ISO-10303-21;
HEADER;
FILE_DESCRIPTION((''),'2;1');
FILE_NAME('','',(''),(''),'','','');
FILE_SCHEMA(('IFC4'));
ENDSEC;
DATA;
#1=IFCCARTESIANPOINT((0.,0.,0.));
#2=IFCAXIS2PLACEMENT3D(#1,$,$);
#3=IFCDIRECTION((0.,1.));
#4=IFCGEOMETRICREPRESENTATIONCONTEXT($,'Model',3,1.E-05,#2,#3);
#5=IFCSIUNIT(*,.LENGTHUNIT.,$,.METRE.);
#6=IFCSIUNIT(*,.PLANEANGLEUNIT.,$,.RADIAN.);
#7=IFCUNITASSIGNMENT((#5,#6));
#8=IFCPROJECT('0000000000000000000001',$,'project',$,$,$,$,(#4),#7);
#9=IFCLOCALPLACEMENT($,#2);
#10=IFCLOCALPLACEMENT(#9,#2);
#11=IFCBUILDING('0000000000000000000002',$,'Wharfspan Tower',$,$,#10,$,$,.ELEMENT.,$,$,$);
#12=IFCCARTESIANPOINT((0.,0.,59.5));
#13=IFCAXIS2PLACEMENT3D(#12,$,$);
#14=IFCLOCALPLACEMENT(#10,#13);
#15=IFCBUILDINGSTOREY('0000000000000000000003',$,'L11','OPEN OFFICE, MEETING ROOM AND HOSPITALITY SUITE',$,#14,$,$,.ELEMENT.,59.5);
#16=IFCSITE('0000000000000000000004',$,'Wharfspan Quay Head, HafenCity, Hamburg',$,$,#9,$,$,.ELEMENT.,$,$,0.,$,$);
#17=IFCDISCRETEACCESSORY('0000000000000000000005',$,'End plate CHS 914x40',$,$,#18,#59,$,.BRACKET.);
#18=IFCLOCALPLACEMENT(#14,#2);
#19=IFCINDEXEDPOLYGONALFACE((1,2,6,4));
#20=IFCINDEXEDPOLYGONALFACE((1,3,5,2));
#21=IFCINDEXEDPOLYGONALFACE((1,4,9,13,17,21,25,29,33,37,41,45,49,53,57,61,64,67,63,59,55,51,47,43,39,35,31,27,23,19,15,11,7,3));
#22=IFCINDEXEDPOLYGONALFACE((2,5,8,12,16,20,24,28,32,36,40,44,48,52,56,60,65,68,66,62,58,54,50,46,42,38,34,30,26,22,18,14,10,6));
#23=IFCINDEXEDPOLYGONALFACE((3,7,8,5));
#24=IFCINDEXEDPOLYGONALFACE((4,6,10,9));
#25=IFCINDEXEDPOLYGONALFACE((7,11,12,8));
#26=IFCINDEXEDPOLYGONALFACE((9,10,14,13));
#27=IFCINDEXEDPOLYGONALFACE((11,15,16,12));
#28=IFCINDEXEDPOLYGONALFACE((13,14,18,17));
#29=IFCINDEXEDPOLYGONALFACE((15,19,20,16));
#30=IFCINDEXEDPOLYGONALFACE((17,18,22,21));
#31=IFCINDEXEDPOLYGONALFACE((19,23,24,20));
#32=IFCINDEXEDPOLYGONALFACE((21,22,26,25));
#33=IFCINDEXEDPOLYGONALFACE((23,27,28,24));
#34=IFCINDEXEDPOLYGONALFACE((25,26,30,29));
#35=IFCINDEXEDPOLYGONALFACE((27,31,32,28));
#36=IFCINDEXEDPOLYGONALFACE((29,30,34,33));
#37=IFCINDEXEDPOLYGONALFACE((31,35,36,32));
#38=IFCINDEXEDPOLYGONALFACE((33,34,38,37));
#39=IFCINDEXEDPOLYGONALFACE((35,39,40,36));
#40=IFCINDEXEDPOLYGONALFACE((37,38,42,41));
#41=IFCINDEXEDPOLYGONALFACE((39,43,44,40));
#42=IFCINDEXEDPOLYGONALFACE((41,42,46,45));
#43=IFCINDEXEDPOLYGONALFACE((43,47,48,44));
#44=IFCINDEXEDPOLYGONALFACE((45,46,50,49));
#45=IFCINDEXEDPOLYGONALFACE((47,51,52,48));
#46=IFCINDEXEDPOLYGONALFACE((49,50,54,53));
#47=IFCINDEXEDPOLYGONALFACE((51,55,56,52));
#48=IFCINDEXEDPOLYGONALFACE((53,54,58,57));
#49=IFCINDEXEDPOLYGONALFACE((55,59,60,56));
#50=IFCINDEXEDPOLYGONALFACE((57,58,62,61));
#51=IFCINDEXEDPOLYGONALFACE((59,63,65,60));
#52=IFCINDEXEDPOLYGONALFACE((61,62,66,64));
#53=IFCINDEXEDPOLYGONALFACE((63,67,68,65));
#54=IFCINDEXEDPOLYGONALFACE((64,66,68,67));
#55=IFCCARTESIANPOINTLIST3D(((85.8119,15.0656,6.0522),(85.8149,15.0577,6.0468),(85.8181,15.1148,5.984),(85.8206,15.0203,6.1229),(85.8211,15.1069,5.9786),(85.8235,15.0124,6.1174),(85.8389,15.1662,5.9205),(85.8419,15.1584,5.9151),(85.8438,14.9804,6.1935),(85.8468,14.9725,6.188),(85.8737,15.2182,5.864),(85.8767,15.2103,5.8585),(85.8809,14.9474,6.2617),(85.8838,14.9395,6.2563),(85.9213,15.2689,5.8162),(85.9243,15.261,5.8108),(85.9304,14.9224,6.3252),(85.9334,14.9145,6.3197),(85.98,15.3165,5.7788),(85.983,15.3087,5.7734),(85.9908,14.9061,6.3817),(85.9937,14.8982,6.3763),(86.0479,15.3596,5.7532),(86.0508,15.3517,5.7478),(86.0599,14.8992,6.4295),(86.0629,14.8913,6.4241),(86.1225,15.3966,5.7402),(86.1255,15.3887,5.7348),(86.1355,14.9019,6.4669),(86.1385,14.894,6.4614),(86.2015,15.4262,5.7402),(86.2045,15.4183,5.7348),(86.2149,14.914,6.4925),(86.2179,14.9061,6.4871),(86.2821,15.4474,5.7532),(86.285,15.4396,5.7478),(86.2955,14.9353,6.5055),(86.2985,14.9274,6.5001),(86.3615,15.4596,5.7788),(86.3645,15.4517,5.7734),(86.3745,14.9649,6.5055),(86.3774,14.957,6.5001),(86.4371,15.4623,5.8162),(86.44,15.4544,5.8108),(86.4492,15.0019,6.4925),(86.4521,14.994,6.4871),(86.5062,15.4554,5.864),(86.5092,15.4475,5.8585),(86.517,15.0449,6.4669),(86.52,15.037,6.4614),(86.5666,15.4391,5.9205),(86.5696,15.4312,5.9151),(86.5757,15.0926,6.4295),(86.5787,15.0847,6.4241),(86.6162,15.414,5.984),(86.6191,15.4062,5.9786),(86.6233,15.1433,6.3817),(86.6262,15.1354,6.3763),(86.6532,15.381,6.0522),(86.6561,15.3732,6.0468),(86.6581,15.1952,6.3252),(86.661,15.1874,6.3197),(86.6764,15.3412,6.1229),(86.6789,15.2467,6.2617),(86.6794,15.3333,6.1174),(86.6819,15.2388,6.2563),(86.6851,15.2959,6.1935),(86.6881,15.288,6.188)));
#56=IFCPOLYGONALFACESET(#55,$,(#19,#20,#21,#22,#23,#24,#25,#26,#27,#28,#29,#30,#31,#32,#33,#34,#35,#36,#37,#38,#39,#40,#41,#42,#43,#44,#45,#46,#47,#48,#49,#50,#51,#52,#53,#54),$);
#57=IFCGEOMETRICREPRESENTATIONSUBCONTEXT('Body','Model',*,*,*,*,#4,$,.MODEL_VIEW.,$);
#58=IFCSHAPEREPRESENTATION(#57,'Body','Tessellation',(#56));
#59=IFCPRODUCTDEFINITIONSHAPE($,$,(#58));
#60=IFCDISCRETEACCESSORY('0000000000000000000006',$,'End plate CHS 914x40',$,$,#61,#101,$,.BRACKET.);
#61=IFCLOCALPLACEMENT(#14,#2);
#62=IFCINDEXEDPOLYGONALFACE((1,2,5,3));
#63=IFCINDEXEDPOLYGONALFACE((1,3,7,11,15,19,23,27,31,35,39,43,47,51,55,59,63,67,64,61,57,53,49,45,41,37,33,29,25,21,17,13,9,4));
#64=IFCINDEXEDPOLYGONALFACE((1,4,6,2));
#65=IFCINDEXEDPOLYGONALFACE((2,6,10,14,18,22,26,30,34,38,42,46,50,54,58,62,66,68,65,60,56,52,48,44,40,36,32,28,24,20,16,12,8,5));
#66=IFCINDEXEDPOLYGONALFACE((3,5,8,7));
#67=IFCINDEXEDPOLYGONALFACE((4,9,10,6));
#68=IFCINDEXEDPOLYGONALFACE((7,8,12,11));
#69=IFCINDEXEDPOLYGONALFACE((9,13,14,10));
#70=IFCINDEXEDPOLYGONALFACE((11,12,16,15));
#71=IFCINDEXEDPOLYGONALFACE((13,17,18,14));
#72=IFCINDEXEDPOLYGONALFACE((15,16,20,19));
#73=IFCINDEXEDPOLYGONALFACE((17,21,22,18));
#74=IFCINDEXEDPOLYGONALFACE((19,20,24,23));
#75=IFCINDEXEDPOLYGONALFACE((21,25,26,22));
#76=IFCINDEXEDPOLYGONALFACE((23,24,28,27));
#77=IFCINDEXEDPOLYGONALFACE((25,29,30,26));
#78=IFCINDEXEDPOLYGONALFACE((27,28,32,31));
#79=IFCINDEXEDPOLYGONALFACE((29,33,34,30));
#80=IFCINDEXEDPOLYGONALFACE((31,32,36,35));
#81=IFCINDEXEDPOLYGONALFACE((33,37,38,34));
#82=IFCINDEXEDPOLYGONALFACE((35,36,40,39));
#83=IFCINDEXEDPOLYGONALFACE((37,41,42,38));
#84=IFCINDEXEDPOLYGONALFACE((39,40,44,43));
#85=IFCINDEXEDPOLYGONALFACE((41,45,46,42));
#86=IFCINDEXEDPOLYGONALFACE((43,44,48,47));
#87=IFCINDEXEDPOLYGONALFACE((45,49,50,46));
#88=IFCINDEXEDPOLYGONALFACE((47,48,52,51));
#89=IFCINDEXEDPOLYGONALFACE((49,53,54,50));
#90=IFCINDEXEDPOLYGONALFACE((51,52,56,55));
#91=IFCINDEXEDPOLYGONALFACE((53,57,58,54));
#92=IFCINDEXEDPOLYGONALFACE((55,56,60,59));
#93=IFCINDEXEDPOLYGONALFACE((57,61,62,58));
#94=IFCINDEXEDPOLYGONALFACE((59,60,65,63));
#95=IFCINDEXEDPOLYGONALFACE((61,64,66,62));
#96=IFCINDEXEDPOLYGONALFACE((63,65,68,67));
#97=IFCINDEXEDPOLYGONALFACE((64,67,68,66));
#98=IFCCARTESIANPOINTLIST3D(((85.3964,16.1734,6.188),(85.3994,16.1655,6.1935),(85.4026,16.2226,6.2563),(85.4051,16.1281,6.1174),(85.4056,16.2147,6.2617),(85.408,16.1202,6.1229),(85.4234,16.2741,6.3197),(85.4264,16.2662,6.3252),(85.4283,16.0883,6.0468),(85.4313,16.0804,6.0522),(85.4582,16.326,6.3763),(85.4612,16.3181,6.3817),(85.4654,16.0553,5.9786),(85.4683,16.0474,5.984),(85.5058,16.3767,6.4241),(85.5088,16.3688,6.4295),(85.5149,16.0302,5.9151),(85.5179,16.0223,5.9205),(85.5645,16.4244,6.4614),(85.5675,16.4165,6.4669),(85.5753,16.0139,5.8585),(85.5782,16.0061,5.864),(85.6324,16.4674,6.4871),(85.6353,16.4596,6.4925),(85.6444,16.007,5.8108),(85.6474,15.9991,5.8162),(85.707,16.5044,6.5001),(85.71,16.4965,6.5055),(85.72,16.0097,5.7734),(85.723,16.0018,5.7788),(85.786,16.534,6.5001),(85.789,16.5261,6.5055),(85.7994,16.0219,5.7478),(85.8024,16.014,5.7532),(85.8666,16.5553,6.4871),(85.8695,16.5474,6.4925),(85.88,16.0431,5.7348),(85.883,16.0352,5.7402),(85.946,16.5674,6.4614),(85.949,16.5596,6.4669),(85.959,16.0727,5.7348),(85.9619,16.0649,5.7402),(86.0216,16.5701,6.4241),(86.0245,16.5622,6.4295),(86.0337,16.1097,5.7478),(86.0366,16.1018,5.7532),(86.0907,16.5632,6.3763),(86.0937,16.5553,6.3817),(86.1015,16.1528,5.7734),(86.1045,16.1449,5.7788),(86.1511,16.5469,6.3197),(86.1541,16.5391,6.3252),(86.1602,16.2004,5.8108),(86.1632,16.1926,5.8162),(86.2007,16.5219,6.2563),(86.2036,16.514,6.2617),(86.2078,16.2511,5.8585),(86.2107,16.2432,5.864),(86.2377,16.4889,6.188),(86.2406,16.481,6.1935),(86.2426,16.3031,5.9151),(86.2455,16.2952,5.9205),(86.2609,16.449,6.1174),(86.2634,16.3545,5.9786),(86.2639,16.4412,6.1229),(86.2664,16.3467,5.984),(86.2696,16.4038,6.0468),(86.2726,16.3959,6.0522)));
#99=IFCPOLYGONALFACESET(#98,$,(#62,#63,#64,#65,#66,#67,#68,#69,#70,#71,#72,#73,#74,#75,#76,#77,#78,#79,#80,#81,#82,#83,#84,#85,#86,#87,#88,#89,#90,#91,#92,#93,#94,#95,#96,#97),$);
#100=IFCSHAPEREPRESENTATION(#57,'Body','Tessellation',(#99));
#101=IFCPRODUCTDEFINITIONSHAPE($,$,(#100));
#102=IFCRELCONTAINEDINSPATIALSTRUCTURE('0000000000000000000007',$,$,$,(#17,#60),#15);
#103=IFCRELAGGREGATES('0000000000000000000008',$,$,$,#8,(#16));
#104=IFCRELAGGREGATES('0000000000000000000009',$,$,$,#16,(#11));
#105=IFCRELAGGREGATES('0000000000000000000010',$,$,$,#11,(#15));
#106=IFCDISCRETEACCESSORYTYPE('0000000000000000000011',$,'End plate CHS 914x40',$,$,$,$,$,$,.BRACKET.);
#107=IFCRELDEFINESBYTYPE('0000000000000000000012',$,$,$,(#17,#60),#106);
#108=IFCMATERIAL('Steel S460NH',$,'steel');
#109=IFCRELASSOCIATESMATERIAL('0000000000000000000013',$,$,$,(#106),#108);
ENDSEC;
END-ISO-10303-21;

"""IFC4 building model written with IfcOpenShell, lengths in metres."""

from ifc_helpers import new_model, si_unit, direction, frame, origin, origin_2d, place, context, subcontext, project, spatial, circle, extrude, material, material_profile, profile_set, type_object, element, save


model = new_model("IFC4")

# Units and contexts
model_context = context("Model", 3, precision=1e-05, world=origin(), true_north=direction((0.0, 1.0)))
body_context = subcontext(model_context, "Body", "Model", "MODEL_VIEW")
ifc_project = project(units=[si_unit("LENGTHUNIT", "METRE"), si_unit("PLANEANGLEUNIT", "RADIAN")], contexts=[model_context])

# Site, building, storey
site_placement = place(None, origin())
site = spatial("IfcSite", under=ifc_project, at=site_placement, Name="Wharfspan Quay Head, HafenCity, Hamburg", CompositionType="ELEMENT", RefElevation=0.0)
building_placement = place(site_placement, origin())
building = spatial("IfcBuilding", under=site, at=building_placement, Name="Wharfspan Tower", CompositionType="ELEMENT")
storey_placement = place(building_placement, frame((0.0, 0.0, 59.5)))
storey = spatial("IfcBuildingStorey", under=building, at=storey_placement, Name="L11", Description="OPEN OFFICE, MEETING ROOM AND HOSPITALITY SUITE", CompositionType="ELEMENT", Elevation=59.5)

# Shared definitions
ifc_material_1 = material(Name="Steel S460NH", Category="steel")

# Discrete accessories
ifc_material_profile_1 = material_profile(ifc_material_1, circle(Radius=0.457, at=origin_2d()))
ifc_profile_set_1 = profile_set([ifc_material_profile_1], Name="Steel S460NH")
discrete_accessory_type = type_object("IfcDiscreteAccessoryType", Name="End plate CHS 914x40", PredefinedType="BRACKET", material=ifc_profile_set_1)
for number, where, z_axis, x_axis, name in (
    (1, (86.2515, 15.1729, 6.1174), (-0.295241, 0.787309, 0.541275), (-0.936333, -0.351125, 0.0), "End plate CHS 914x40"),
    (2, (85.833, 16.2886, 6.1174), (0.295241, -0.787309, 0.541275), (0.936333, 0.351125, 0.0), "End plate CHS 914x40"),
):
    element("IfcDiscreteAccessory", number, at=place(storey_placement, frame(where, z_axis=z_axis, x_axis=x_axis)), inside=storey, type_object=discrete_accessory_type, Name=name, PredefinedType="BRACKET", context=body_context, shape_type="SweptSolid", body=[
        extrude(circle(Radius=0.457, at=origin_2d()), origin(), (0.0, 0.0, 1.0), 0.01),
    ])

save(model, "model.ifc")
